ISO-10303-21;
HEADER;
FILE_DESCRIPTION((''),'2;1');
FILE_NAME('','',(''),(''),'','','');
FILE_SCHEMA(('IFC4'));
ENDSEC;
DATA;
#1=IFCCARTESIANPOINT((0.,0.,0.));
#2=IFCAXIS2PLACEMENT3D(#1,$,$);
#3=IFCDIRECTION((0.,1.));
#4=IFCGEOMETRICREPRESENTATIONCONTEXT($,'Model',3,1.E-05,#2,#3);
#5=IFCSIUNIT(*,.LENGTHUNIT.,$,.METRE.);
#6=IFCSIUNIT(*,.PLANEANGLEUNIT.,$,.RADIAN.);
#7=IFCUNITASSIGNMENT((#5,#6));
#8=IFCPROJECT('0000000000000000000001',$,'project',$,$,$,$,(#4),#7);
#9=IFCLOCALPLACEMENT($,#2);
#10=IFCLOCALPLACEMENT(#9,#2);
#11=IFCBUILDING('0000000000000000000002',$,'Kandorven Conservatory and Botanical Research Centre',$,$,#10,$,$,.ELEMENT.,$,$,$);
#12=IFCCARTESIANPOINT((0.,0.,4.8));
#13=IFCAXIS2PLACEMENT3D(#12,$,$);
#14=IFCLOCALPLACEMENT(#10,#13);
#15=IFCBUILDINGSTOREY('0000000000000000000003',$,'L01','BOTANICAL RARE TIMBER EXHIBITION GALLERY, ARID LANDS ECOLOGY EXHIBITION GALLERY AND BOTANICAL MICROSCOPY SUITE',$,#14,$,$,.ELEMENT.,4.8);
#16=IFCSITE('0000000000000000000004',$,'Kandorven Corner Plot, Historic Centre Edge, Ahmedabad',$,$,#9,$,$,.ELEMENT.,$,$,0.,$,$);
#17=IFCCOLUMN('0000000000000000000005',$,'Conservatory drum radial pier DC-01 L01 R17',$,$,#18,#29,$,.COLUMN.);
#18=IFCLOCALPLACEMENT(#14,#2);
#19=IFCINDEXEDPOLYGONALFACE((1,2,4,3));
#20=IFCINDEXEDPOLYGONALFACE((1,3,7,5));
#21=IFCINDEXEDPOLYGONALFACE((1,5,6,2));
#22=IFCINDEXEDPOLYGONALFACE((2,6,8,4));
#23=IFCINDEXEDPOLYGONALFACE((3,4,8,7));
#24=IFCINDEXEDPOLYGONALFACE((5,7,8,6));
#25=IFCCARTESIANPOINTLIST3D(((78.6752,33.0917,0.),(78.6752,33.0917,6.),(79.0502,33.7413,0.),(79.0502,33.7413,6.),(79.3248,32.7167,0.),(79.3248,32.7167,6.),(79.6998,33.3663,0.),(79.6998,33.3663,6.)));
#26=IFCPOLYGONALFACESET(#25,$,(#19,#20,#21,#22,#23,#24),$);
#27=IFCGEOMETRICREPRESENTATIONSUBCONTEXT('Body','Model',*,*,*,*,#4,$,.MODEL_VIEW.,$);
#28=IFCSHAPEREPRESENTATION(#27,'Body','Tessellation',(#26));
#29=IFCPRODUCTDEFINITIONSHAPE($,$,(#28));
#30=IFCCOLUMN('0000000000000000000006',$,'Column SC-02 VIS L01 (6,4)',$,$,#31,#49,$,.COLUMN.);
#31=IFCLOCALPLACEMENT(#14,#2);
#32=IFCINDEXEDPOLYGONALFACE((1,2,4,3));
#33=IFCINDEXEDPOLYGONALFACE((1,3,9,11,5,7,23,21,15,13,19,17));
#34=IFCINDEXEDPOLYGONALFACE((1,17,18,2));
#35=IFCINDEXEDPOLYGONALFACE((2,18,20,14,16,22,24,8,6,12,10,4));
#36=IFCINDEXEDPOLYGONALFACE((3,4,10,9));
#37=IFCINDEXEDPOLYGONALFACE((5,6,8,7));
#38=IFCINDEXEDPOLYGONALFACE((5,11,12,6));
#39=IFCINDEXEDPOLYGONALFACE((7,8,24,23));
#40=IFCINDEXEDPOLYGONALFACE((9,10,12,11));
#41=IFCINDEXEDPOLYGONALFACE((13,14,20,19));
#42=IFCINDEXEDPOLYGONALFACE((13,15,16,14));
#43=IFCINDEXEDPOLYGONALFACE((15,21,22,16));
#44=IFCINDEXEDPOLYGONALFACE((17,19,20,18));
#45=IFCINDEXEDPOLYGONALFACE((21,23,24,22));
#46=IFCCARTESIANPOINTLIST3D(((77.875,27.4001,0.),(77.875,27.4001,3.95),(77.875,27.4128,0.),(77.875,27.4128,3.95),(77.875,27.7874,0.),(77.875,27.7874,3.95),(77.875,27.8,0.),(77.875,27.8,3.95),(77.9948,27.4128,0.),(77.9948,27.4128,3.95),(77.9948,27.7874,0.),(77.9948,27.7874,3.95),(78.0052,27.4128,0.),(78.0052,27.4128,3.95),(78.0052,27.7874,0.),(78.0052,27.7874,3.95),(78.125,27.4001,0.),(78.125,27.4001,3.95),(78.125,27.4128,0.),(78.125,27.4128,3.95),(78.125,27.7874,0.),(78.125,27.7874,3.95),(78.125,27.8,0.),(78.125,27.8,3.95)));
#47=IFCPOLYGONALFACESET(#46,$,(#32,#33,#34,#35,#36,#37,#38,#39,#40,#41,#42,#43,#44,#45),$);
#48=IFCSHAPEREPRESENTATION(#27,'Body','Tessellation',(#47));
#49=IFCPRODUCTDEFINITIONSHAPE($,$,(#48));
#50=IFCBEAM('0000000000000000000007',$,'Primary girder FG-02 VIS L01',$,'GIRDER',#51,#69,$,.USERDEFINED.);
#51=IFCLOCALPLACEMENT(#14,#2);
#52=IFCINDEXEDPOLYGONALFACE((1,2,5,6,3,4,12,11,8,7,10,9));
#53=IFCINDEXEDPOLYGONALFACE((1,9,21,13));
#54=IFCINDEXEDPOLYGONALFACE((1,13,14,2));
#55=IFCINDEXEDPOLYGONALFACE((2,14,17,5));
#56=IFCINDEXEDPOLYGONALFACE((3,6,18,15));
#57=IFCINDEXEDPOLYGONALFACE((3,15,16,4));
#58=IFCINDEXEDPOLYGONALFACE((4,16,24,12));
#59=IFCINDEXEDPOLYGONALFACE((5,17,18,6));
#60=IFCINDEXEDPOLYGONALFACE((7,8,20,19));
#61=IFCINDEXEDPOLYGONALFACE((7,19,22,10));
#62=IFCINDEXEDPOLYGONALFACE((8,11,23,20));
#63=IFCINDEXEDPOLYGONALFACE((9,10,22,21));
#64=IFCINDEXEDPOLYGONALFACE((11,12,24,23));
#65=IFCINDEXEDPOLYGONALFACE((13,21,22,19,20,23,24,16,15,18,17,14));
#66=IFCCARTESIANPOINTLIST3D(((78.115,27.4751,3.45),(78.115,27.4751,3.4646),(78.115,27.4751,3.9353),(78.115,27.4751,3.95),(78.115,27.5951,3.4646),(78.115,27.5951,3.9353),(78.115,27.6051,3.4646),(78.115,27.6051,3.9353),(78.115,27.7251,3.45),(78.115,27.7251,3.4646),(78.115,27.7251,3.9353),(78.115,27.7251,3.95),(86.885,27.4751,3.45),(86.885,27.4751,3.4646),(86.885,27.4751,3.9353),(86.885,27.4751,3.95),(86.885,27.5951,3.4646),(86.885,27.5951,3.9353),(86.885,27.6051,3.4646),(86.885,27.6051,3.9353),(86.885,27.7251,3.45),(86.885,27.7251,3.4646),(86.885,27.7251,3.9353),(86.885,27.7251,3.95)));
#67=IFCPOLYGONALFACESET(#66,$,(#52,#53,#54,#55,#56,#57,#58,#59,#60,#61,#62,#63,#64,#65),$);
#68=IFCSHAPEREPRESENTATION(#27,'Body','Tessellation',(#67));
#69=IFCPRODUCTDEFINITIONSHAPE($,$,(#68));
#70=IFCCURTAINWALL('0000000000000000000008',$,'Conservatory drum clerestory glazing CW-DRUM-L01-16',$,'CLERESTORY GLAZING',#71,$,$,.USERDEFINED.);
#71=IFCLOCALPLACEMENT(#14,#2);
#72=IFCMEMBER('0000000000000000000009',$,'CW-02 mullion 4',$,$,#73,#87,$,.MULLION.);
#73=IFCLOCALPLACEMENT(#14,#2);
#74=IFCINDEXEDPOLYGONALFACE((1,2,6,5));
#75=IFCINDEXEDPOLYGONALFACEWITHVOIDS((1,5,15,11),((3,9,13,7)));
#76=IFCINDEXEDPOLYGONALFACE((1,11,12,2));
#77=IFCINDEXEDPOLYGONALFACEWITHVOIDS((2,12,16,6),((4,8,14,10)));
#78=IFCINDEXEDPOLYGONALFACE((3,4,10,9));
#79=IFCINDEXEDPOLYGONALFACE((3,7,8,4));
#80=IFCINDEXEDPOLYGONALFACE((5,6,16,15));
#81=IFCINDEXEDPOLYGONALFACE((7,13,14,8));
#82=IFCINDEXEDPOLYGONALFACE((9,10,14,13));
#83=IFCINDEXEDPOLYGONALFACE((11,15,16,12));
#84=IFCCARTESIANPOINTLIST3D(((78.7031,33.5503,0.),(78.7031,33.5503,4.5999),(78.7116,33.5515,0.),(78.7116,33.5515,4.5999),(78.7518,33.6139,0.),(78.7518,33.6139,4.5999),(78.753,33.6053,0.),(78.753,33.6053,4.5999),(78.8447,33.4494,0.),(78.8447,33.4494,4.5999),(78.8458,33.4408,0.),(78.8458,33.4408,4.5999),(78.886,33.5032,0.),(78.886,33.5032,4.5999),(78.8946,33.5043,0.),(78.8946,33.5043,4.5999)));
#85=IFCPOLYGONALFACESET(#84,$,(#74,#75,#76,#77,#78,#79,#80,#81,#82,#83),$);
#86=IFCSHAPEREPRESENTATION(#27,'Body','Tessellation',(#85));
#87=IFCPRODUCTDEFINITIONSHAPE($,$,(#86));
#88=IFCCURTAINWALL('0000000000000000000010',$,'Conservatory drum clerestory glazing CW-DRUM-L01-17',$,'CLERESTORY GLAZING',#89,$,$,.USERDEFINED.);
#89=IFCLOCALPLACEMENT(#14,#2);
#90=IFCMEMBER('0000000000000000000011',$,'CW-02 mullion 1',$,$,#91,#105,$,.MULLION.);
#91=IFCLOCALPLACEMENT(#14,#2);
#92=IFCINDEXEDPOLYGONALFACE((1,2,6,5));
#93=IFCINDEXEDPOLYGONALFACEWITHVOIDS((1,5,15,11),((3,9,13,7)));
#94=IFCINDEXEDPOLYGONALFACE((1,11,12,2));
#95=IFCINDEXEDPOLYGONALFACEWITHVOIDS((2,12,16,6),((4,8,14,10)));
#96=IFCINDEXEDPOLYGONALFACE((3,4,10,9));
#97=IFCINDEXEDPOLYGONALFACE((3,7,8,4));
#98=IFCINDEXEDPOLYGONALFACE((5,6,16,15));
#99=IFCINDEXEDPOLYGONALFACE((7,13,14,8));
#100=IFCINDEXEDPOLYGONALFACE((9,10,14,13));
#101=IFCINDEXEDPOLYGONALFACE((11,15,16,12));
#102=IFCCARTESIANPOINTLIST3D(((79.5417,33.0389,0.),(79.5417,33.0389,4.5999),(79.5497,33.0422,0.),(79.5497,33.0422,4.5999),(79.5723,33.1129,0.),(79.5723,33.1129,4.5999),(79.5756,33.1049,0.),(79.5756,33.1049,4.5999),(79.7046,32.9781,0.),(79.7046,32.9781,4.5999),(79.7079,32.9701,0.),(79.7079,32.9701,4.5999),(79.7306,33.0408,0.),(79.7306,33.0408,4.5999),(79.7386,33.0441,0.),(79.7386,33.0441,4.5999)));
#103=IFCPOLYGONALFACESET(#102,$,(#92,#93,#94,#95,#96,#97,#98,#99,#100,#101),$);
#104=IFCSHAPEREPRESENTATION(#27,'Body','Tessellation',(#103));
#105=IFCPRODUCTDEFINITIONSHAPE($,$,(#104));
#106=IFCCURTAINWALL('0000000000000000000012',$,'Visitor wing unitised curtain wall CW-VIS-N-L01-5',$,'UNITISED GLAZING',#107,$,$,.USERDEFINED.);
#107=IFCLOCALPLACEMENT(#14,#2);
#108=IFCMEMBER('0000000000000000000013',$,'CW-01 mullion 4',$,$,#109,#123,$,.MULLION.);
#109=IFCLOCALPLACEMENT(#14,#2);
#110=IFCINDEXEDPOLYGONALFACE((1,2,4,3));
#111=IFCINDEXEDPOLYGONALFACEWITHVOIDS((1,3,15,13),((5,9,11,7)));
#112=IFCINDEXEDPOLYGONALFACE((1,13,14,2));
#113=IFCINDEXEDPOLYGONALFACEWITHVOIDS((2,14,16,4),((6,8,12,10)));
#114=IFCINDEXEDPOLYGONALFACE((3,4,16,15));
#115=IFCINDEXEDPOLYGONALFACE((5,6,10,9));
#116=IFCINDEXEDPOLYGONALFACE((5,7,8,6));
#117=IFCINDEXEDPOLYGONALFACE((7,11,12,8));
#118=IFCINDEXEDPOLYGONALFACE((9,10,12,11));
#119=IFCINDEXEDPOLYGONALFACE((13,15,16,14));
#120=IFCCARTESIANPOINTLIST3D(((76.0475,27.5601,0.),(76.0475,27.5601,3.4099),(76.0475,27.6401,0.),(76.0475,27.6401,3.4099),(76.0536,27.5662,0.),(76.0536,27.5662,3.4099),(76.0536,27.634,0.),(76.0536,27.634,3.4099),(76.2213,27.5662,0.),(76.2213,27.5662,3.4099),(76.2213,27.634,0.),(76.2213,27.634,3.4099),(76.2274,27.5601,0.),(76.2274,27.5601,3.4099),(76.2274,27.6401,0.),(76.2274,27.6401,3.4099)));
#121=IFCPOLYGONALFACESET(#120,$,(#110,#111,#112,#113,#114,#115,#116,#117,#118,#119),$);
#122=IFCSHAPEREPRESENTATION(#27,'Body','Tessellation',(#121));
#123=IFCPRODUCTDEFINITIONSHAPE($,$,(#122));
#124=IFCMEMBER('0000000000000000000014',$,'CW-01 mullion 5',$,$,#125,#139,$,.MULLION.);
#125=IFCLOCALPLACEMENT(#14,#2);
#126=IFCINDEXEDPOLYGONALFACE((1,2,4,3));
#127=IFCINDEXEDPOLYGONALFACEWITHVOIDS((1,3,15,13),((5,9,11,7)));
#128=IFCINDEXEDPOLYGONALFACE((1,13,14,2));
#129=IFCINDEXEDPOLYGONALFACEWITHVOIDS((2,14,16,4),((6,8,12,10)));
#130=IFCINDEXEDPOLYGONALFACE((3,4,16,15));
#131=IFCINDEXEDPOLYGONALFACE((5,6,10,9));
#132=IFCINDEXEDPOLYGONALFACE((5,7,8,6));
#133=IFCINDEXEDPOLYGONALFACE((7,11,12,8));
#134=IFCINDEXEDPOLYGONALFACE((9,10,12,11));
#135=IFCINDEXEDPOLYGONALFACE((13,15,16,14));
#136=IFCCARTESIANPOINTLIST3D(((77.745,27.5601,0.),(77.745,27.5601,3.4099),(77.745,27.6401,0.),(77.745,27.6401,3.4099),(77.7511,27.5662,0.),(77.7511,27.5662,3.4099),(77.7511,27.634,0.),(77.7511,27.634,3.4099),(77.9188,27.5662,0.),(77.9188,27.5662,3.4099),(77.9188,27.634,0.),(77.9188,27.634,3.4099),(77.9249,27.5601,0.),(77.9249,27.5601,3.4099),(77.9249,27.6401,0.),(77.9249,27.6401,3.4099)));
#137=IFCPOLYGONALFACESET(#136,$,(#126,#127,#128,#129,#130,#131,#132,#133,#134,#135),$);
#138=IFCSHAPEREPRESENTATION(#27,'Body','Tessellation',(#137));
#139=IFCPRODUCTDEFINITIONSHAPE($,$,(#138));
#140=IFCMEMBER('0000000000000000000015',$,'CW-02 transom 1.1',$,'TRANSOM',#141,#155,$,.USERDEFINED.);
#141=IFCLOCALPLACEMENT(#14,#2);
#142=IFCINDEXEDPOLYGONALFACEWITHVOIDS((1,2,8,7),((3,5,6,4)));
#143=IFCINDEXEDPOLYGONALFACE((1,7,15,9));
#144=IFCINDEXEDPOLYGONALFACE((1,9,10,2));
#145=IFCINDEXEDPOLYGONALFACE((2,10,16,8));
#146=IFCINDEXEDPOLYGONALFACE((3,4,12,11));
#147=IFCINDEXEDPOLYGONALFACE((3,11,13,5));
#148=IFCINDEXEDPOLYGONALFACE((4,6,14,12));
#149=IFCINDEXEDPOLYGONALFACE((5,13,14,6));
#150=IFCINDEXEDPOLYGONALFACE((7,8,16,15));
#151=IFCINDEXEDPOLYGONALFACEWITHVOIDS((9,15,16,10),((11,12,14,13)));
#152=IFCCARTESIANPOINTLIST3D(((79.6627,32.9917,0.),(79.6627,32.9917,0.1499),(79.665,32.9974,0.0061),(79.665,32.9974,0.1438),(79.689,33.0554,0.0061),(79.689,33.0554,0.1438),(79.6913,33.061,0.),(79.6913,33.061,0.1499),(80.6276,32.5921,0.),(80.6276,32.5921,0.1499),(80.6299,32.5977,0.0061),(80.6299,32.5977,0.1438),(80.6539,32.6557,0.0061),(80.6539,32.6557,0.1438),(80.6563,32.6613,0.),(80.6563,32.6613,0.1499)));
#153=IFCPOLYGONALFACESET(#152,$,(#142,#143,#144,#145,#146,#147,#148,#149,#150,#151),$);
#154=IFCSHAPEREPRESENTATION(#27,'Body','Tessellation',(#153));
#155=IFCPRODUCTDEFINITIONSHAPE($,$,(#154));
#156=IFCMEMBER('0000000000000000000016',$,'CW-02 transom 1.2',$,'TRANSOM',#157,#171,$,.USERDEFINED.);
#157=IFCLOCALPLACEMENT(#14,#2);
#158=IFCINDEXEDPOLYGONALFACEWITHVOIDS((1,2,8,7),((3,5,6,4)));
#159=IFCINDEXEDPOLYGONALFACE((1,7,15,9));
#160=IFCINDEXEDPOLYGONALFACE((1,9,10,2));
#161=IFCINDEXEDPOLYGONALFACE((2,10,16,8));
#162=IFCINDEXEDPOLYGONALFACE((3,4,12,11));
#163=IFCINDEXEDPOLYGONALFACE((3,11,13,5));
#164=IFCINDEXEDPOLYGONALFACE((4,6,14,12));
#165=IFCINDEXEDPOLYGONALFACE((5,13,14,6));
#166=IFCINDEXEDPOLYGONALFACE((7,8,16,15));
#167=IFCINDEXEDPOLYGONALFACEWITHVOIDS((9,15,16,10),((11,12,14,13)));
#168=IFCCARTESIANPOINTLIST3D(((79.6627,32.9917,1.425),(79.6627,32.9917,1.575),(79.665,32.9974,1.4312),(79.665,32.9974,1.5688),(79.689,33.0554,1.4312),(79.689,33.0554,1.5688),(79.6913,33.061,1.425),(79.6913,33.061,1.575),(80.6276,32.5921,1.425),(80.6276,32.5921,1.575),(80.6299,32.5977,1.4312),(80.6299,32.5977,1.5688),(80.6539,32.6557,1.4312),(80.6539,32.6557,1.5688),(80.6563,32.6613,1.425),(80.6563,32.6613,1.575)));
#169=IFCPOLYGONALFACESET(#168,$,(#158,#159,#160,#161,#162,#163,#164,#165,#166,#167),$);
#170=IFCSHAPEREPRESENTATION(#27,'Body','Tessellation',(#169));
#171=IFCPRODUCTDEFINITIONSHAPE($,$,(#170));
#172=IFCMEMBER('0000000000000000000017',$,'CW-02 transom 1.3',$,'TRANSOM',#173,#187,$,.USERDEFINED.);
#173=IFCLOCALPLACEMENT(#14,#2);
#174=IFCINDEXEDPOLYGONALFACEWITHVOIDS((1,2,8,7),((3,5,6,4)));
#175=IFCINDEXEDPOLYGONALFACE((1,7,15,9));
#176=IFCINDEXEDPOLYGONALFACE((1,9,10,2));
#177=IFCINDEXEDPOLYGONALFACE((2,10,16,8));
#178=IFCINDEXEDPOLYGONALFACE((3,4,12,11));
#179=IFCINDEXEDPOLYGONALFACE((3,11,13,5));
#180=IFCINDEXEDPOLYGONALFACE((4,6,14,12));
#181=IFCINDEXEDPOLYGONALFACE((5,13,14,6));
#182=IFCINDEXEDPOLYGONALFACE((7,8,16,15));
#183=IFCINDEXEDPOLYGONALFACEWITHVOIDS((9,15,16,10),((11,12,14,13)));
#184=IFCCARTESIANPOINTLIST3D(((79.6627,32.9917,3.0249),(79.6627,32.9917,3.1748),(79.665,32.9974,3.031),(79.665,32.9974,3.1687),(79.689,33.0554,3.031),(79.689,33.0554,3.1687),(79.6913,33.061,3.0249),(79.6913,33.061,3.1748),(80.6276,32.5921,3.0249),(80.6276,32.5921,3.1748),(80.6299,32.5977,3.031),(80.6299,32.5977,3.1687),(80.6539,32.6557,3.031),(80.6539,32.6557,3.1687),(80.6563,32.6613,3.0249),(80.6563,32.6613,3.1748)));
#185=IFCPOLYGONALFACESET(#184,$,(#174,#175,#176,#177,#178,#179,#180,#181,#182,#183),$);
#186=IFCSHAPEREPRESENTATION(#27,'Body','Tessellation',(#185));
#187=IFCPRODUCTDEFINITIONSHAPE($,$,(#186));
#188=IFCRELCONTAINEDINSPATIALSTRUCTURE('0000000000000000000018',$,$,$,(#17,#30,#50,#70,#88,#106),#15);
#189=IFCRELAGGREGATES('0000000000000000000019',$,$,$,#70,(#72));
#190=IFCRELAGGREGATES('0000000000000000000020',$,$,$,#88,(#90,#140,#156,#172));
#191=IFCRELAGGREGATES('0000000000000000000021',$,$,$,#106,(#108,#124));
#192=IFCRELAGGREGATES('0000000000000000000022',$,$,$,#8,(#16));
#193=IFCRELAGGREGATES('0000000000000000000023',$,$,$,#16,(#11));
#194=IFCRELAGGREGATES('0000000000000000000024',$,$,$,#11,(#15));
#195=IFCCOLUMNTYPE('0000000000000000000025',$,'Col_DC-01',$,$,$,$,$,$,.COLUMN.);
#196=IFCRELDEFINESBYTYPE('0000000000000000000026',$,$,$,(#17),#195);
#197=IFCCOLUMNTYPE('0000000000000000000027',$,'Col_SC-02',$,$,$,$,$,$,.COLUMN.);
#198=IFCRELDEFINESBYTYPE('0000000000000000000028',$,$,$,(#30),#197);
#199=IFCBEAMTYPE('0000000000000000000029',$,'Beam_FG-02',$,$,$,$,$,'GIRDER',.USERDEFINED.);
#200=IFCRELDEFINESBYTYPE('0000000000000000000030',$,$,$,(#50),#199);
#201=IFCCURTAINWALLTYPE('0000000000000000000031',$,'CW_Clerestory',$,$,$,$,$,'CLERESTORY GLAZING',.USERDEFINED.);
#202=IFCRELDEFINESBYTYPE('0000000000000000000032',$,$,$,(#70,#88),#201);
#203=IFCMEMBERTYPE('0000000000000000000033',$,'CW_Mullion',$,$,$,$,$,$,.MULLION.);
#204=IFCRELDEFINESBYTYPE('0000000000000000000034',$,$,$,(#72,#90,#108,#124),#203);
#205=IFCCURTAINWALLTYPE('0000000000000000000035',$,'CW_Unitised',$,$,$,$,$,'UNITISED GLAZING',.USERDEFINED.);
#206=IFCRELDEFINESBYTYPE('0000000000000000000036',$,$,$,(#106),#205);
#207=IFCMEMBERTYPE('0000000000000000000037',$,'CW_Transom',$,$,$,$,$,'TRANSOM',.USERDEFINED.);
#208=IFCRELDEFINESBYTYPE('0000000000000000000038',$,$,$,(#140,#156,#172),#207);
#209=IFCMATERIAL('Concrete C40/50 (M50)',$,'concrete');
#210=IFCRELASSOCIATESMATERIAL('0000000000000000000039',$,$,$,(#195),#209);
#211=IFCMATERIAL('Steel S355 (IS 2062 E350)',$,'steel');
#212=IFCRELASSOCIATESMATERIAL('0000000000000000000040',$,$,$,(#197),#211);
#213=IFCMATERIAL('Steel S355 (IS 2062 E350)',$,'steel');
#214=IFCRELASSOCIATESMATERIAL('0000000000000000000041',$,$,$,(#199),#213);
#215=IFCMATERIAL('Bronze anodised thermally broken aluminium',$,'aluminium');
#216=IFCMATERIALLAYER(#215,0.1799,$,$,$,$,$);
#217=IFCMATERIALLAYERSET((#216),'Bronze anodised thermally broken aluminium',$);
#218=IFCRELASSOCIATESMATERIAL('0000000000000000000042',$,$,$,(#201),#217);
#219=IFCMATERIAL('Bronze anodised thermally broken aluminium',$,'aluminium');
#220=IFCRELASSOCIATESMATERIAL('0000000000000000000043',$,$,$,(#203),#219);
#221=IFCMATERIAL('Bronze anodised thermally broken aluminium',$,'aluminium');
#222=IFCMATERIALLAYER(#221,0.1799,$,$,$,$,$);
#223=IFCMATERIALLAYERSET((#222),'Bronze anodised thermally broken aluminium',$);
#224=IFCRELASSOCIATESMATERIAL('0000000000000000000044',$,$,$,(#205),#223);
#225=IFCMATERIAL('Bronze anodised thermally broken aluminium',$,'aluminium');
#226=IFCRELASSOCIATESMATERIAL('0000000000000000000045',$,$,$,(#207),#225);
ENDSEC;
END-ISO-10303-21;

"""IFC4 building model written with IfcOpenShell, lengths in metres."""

from ifc_helpers import new_model, si_unit, direction, frame, origin, origin_2d, place, context, subcontext, project, spatial, rectangle, hollow_rectangle, i_section, extrude, material, layer, layer_set, material_profile, profile_set, type_object, element, aggregate, save


model = new_model("IFC4")

# Units and contexts
model_context = context("Model", 3, precision=1e-05, world=origin(), true_north=direction((0.0, 1.0)))
body_context = subcontext(model_context, "Body", "Model", "MODEL_VIEW")
ifc_project = project(units=[si_unit("LENGTHUNIT", "METRE"), si_unit("PLANEANGLEUNIT", "RADIAN")], contexts=[model_context])

# Site, building, storey
site_placement = place(None, origin())
site = spatial("IfcSite", under=ifc_project, at=site_placement, Name="Kandorven Corner Plot, Historic Centre Edge, Ahmedabad", CompositionType="ELEMENT", RefElevation=0.0)
building_placement = place(site_placement, origin())
building = spatial("IfcBuilding", under=site, at=building_placement, Name="Kandorven Conservatory and Botanical Research Centre", CompositionType="ELEMENT")
storey_placement = place(building_placement, frame((0.0, 0.0, 4.8)))
storey = spatial("IfcBuildingStorey", under=building, at=storey_placement, Name="L01", Description="BOTANICAL RARE TIMBER EXHIBITION GALLERY, ARID LANDS ECOLOGY EXHIBITION GALLERY AND BOTANICAL MICROSCOPY SUITE", CompositionType="ELEMENT", Elevation=4.8)

# Columns
ifc_material_1 = material(Name="Concrete C40/50 (M50)", Category="concrete")
ifc_material_profile_1 = material_profile(ifc_material_1, rectangle(XDim=0.75, YDim=0.75, at=origin_2d()))
ifc_profile_set_1 = profile_set([ifc_material_profile_1], Name="Concrete C40/50 (M50)")
column_type_1 = type_object("IfcColumnType", Name="Col_DC-01", PredefinedType="COLUMN", material=ifc_profile_set_1)
column_1_placement = place(storey_placement, frame((79.1875, 33.229, 0.0), z_axis=(0.0, 0.0, 1.0), x_axis=(-0.5, -0.866025, 0.0)))
element("IfcColumn", 1, at=column_1_placement, inside=storey, type_object=column_type_1, Name="Conservatory drum radial pier DC-01 L01 R17", PredefinedType="COLUMN", context=body_context, shape_type="SweptSolid", body=[
    extrude(rectangle(XDim=0.75, YDim=0.75, at=origin_2d()), origin(), (0.0, 0.0, 1.0), 6.0),
])
ifc_material_2 = material(Name="Steel S355 (IS 2062 E350)", Category="steel")
ifc_material_profile_2 = material_profile(ifc_material_2, i_section(OverallWidth=0.25, OverallDepth=0.3999, WebThickness=0.0105, FlangeThickness=0.0127, at=origin_2d()))
ifc_profile_set_2 = profile_set([ifc_material_profile_2], Name="Steel S355 (IS 2062 E350)")
column_type_2 = type_object("IfcColumnType", Name="Col_SC-02", PredefinedType="COLUMN", material=ifc_profile_set_2)
column_2_placement = place(storey_placement, frame((78.0, 27.6001, 0.0), z_axis=(0.0, 0.0, 1.0), x_axis=(1.0, 0.0, 0.0)))
element("IfcColumn", 2, at=column_2_placement, inside=storey, type_object=column_type_2, Name="Column SC-02 VIS L01 (6,4)", PredefinedType="COLUMN", context=body_context, shape_type="SweptSolid", body=[
    extrude(i_section(OverallWidth=0.25, OverallDepth=0.3999, WebThickness=0.0105, FlangeThickness=0.0127, at=origin_2d()), origin(), (0.0, 0.0, 1.0), 3.95),
])

# Beam
ifc_material_3 = material(Name="Steel S355 (IS 2062 E350)", Category="steel")
ifc_material_profile_3 = material_profile(ifc_material_3, i_section(OverallWidth=0.25, OverallDepth=0.5, WebThickness=0.01, FlangeThickness=0.0146, at=origin_2d()))
ifc_profile_set_3 = profile_set([ifc_material_profile_3], Name="Steel S355 (IS 2062 E350)")
beam_type = type_object("IfcBeamType", Name="Beam_FG-02", ElementType="GIRDER", PredefinedType="USERDEFINED", material=ifc_profile_set_3)
beam_placement = place(storey_placement, frame((78.115, 27.6001, 3.7), z_axis=(1.0, 0.0, 0.0), x_axis=(0.0, 1.0, 0.0)))
element("IfcBeam", 3, at=beam_placement, inside=storey, type_object=beam_type, Name="Primary girder FG-02 VIS L01", ObjectType="GIRDER", PredefinedType="USERDEFINED", context=body_context, shape_type="SweptSolid", body=[
    extrude(i_section(OverallWidth=0.25, OverallDepth=0.5, WebThickness=0.01, FlangeThickness=0.0146, at=origin_2d()), origin(), (0.0, 0.0, 1.0), 8.77),
])

# Curtain walls, members
ifc_material_4 = material(Name="Bronze anodised thermally broken aluminium", Category="aluminium")
ifc_layer_1 = layer(ifc_material_4, 0.1799)
ifc_layer_set_1 = layer_set([ifc_layer_1], Name="Bronze anodised thermally broken aluminium")
curtain_wall_type_1 = type_object("IfcCurtainWallType", Name="CW_Clerestory", ElementType="CLERESTORY GLAZING", PredefinedType="USERDEFINED", material=ifc_layer_set_1)
curtain_wall_1_placement = place(storey_placement, origin())
curtain_wall_1 = element("IfcCurtainWall", 4, at=curtain_wall_1_placement, inside=storey, type_object=curtain_wall_type_1, Name="Conservatory drum clerestory glazing CW-DRUM-L01-16", ObjectType="CLERESTORY GLAZING", PredefinedType="USERDEFINED")
ifc_material_5 = material(Name="Bronze anodised thermally broken aluminium", Category="aluminium")
ifc_material_profile_4 = material_profile(ifc_material_5, hollow_rectangle(XDim=0.0801, YDim=0.1799, WallThickness=0.0061, at=origin_2d()))
ifc_profile_set_4 = profile_set([ifc_material_profile_4], Name="Bronze anodised thermally broken aluminium")
member_type_1 = type_object("IfcMemberType", Name="CW_Mullion", PredefinedType="MULLION", material=ifc_profile_set_4)
member_1_placement = place(storey_placement, frame((78.7988, 33.5273, 0.0), z_axis=(0.0, 0.0, 1.0), x_axis=(0.608769, 0.793347, 0.0)))
member_1 = element("IfcMember", 5, at=member_1_placement, type_object=member_type_1, Name="CW-02 mullion 4", PredefinedType="MULLION", context=body_context, shape_type="SweptSolid", body=[
    extrude(hollow_rectangle(XDim=0.0801, YDim=0.1799, WallThickness=0.0061, at=origin_2d()), origin(), (0.0, 0.0, 1.0), 4.5999),
])
curtain_wall_2_placement = place(storey_placement, origin())
curtain_wall_2 = element("IfcCurtainWall", 6, at=curtain_wall_2_placement, inside=storey, type_object=curtain_wall_type_1, Name="Conservatory drum clerestory glazing CW-DRUM-L01-17", ObjectType="CLERESTORY GLAZING", PredefinedType="USERDEFINED")
member_2_placement = place(storey_placement, frame((79.6401, 33.0415, 0.0), z_axis=(0.0, 0.0, 1.0), x_axis=(0.382669, 0.923886, 0.0)))
member_2 = element("IfcMember", 7, at=member_2_placement, type_object=member_type_1, Name="CW-02 mullion 1", PredefinedType="MULLION", context=body_context, shape_type="SweptSolid", body=[
    extrude(hollow_rectangle(XDim=0.0801, YDim=0.1799, WallThickness=0.0061, at=origin_2d()), origin(), (0.0, 0.0, 1.0), 4.5999),
])

# Curtain wall, members
ifc_material_6 = material(Name="Bronze anodised thermally broken aluminium", Category="aluminium")
ifc_layer_2 = layer(ifc_material_6, 0.1799)
ifc_layer_set_2 = layer_set([ifc_layer_2], Name="Bronze anodised thermally broken aluminium")
curtain_wall_type_2 = type_object("IfcCurtainWallType", Name="CW_Unitised", ElementType="UNITISED GLAZING", PredefinedType="USERDEFINED", material=ifc_layer_set_2)
curtain_wall_3_placement = place(storey_placement, origin())
curtain_wall_3 = element("IfcCurtainWall", 8, at=curtain_wall_3_placement, inside=storey, type_object=curtain_wall_type_2, Name="Visitor wing unitised curtain wall CW-VIS-N-L01-5", ObjectType="UNITISED GLAZING", PredefinedType="USERDEFINED")
member_3_placement = place(storey_placement, frame((76.1375, 27.6001, 0.0), z_axis=(0.0, 0.0, 1.0), x_axis=(0.0, 1.0, 0.0)))
member_3 = element("IfcMember", 9, at=member_3_placement, type_object=member_type_1, Name="CW-01 mullion 4", PredefinedType="MULLION", context=body_context, shape_type="SweptSolid", body=[
    extrude(hollow_rectangle(XDim=0.0801, YDim=0.1799, WallThickness=0.0061, at=origin_2d()), origin(), (0.0, 0.0, 1.0), 3.4099),
])
member_4_placement = place(storey_placement, frame((77.835, 27.6001, 0.0), z_axis=(0.0, 0.0, 1.0), x_axis=(0.0, 1.0, 0.0)))
member_4 = element("IfcMember", 10, at=member_4_placement, type_object=member_type_1, Name="CW-01 mullion 5", PredefinedType="MULLION", context=body_context, shape_type="SweptSolid", body=[
    extrude(hollow_rectangle(XDim=0.0801, YDim=0.1799, WallThickness=0.0061, at=origin_2d()), origin(), (0.0, 0.0, 1.0), 3.4099),
])

# Members
ifc_material_7 = material(Name="Bronze anodised thermally broken aluminium", Category="aluminium")
ifc_material_profile_5 = material_profile(ifc_material_7, hollow_rectangle(XDim=0.075, YDim=0.1499, WallThickness=0.0061, at=origin_2d()))
ifc_profile_set_5 = profile_set([ifc_material_profile_5], Name="Bronze anodised thermally broken aluminium")
member_type_2 = type_object("IfcMemberType", Name="CW_Transom", ElementType="TRANSOM", PredefinedType="USERDEFINED", material=ifc_profile_set_5)
member_5_placement = place(storey_placement, frame((79.677, 33.0264, 0.075), z_axis=(0.923877, -0.382689, 0.0), x_axis=(0.382689, 0.923877, 0.0)))
member_5 = element("IfcMember", 11, at=member_5_placement, type_object=member_type_2, Name="CW-02 transom 1.1", ObjectType="TRANSOM", PredefinedType="USERDEFINED", context=body_context, shape_type="SweptSolid", body=[
    extrude(hollow_rectangle(XDim=0.075, YDim=0.1499, WallThickness=0.0061, at=origin_2d()), origin(), (0.0, 0.0, 1.0), 1.0444),
])
member_6_placement = place(storey_placement, frame((79.677, 33.0264, 1.5), z_axis=(0.923877, -0.382689, 0.0), x_axis=(0.382689, 0.923877, 0.0)))
member_6 = element("IfcMember", 12, at=member_6_placement, type_object=member_type_2, Name="CW-02 transom 1.2", ObjectType="TRANSOM", PredefinedType="USERDEFINED", context=body_context, shape_type="SweptSolid", body=[
    extrude(hollow_rectangle(XDim=0.075, YDim=0.1499, WallThickness=0.0061, at=origin_2d()), origin(), (0.0, 0.0, 1.0), 1.0444),
])
member_7_placement = place(storey_placement, frame((79.677, 33.0264, 3.0999), z_axis=(0.923877, -0.382689, 0.0), x_axis=(0.382689, 0.923877, 0.0)))
member_7 = element("IfcMember", 13, at=member_7_placement, type_object=member_type_2, Name="CW-02 transom 1.3", ObjectType="TRANSOM", PredefinedType="USERDEFINED", context=body_context, shape_type="SweptSolid", body=[
    extrude(hollow_rectangle(XDim=0.075, YDim=0.1499, WallThickness=0.0061, at=origin_2d()), origin(), (0.0, 0.0, 1.0), 1.0444),
])

aggregate(curtain_wall_1, [member_1])
aggregate(curtain_wall_2, [member_2, member_5, member_6, member_7])
aggregate(curtain_wall_3, [member_3, member_4])

save(model, "model.ifc")
